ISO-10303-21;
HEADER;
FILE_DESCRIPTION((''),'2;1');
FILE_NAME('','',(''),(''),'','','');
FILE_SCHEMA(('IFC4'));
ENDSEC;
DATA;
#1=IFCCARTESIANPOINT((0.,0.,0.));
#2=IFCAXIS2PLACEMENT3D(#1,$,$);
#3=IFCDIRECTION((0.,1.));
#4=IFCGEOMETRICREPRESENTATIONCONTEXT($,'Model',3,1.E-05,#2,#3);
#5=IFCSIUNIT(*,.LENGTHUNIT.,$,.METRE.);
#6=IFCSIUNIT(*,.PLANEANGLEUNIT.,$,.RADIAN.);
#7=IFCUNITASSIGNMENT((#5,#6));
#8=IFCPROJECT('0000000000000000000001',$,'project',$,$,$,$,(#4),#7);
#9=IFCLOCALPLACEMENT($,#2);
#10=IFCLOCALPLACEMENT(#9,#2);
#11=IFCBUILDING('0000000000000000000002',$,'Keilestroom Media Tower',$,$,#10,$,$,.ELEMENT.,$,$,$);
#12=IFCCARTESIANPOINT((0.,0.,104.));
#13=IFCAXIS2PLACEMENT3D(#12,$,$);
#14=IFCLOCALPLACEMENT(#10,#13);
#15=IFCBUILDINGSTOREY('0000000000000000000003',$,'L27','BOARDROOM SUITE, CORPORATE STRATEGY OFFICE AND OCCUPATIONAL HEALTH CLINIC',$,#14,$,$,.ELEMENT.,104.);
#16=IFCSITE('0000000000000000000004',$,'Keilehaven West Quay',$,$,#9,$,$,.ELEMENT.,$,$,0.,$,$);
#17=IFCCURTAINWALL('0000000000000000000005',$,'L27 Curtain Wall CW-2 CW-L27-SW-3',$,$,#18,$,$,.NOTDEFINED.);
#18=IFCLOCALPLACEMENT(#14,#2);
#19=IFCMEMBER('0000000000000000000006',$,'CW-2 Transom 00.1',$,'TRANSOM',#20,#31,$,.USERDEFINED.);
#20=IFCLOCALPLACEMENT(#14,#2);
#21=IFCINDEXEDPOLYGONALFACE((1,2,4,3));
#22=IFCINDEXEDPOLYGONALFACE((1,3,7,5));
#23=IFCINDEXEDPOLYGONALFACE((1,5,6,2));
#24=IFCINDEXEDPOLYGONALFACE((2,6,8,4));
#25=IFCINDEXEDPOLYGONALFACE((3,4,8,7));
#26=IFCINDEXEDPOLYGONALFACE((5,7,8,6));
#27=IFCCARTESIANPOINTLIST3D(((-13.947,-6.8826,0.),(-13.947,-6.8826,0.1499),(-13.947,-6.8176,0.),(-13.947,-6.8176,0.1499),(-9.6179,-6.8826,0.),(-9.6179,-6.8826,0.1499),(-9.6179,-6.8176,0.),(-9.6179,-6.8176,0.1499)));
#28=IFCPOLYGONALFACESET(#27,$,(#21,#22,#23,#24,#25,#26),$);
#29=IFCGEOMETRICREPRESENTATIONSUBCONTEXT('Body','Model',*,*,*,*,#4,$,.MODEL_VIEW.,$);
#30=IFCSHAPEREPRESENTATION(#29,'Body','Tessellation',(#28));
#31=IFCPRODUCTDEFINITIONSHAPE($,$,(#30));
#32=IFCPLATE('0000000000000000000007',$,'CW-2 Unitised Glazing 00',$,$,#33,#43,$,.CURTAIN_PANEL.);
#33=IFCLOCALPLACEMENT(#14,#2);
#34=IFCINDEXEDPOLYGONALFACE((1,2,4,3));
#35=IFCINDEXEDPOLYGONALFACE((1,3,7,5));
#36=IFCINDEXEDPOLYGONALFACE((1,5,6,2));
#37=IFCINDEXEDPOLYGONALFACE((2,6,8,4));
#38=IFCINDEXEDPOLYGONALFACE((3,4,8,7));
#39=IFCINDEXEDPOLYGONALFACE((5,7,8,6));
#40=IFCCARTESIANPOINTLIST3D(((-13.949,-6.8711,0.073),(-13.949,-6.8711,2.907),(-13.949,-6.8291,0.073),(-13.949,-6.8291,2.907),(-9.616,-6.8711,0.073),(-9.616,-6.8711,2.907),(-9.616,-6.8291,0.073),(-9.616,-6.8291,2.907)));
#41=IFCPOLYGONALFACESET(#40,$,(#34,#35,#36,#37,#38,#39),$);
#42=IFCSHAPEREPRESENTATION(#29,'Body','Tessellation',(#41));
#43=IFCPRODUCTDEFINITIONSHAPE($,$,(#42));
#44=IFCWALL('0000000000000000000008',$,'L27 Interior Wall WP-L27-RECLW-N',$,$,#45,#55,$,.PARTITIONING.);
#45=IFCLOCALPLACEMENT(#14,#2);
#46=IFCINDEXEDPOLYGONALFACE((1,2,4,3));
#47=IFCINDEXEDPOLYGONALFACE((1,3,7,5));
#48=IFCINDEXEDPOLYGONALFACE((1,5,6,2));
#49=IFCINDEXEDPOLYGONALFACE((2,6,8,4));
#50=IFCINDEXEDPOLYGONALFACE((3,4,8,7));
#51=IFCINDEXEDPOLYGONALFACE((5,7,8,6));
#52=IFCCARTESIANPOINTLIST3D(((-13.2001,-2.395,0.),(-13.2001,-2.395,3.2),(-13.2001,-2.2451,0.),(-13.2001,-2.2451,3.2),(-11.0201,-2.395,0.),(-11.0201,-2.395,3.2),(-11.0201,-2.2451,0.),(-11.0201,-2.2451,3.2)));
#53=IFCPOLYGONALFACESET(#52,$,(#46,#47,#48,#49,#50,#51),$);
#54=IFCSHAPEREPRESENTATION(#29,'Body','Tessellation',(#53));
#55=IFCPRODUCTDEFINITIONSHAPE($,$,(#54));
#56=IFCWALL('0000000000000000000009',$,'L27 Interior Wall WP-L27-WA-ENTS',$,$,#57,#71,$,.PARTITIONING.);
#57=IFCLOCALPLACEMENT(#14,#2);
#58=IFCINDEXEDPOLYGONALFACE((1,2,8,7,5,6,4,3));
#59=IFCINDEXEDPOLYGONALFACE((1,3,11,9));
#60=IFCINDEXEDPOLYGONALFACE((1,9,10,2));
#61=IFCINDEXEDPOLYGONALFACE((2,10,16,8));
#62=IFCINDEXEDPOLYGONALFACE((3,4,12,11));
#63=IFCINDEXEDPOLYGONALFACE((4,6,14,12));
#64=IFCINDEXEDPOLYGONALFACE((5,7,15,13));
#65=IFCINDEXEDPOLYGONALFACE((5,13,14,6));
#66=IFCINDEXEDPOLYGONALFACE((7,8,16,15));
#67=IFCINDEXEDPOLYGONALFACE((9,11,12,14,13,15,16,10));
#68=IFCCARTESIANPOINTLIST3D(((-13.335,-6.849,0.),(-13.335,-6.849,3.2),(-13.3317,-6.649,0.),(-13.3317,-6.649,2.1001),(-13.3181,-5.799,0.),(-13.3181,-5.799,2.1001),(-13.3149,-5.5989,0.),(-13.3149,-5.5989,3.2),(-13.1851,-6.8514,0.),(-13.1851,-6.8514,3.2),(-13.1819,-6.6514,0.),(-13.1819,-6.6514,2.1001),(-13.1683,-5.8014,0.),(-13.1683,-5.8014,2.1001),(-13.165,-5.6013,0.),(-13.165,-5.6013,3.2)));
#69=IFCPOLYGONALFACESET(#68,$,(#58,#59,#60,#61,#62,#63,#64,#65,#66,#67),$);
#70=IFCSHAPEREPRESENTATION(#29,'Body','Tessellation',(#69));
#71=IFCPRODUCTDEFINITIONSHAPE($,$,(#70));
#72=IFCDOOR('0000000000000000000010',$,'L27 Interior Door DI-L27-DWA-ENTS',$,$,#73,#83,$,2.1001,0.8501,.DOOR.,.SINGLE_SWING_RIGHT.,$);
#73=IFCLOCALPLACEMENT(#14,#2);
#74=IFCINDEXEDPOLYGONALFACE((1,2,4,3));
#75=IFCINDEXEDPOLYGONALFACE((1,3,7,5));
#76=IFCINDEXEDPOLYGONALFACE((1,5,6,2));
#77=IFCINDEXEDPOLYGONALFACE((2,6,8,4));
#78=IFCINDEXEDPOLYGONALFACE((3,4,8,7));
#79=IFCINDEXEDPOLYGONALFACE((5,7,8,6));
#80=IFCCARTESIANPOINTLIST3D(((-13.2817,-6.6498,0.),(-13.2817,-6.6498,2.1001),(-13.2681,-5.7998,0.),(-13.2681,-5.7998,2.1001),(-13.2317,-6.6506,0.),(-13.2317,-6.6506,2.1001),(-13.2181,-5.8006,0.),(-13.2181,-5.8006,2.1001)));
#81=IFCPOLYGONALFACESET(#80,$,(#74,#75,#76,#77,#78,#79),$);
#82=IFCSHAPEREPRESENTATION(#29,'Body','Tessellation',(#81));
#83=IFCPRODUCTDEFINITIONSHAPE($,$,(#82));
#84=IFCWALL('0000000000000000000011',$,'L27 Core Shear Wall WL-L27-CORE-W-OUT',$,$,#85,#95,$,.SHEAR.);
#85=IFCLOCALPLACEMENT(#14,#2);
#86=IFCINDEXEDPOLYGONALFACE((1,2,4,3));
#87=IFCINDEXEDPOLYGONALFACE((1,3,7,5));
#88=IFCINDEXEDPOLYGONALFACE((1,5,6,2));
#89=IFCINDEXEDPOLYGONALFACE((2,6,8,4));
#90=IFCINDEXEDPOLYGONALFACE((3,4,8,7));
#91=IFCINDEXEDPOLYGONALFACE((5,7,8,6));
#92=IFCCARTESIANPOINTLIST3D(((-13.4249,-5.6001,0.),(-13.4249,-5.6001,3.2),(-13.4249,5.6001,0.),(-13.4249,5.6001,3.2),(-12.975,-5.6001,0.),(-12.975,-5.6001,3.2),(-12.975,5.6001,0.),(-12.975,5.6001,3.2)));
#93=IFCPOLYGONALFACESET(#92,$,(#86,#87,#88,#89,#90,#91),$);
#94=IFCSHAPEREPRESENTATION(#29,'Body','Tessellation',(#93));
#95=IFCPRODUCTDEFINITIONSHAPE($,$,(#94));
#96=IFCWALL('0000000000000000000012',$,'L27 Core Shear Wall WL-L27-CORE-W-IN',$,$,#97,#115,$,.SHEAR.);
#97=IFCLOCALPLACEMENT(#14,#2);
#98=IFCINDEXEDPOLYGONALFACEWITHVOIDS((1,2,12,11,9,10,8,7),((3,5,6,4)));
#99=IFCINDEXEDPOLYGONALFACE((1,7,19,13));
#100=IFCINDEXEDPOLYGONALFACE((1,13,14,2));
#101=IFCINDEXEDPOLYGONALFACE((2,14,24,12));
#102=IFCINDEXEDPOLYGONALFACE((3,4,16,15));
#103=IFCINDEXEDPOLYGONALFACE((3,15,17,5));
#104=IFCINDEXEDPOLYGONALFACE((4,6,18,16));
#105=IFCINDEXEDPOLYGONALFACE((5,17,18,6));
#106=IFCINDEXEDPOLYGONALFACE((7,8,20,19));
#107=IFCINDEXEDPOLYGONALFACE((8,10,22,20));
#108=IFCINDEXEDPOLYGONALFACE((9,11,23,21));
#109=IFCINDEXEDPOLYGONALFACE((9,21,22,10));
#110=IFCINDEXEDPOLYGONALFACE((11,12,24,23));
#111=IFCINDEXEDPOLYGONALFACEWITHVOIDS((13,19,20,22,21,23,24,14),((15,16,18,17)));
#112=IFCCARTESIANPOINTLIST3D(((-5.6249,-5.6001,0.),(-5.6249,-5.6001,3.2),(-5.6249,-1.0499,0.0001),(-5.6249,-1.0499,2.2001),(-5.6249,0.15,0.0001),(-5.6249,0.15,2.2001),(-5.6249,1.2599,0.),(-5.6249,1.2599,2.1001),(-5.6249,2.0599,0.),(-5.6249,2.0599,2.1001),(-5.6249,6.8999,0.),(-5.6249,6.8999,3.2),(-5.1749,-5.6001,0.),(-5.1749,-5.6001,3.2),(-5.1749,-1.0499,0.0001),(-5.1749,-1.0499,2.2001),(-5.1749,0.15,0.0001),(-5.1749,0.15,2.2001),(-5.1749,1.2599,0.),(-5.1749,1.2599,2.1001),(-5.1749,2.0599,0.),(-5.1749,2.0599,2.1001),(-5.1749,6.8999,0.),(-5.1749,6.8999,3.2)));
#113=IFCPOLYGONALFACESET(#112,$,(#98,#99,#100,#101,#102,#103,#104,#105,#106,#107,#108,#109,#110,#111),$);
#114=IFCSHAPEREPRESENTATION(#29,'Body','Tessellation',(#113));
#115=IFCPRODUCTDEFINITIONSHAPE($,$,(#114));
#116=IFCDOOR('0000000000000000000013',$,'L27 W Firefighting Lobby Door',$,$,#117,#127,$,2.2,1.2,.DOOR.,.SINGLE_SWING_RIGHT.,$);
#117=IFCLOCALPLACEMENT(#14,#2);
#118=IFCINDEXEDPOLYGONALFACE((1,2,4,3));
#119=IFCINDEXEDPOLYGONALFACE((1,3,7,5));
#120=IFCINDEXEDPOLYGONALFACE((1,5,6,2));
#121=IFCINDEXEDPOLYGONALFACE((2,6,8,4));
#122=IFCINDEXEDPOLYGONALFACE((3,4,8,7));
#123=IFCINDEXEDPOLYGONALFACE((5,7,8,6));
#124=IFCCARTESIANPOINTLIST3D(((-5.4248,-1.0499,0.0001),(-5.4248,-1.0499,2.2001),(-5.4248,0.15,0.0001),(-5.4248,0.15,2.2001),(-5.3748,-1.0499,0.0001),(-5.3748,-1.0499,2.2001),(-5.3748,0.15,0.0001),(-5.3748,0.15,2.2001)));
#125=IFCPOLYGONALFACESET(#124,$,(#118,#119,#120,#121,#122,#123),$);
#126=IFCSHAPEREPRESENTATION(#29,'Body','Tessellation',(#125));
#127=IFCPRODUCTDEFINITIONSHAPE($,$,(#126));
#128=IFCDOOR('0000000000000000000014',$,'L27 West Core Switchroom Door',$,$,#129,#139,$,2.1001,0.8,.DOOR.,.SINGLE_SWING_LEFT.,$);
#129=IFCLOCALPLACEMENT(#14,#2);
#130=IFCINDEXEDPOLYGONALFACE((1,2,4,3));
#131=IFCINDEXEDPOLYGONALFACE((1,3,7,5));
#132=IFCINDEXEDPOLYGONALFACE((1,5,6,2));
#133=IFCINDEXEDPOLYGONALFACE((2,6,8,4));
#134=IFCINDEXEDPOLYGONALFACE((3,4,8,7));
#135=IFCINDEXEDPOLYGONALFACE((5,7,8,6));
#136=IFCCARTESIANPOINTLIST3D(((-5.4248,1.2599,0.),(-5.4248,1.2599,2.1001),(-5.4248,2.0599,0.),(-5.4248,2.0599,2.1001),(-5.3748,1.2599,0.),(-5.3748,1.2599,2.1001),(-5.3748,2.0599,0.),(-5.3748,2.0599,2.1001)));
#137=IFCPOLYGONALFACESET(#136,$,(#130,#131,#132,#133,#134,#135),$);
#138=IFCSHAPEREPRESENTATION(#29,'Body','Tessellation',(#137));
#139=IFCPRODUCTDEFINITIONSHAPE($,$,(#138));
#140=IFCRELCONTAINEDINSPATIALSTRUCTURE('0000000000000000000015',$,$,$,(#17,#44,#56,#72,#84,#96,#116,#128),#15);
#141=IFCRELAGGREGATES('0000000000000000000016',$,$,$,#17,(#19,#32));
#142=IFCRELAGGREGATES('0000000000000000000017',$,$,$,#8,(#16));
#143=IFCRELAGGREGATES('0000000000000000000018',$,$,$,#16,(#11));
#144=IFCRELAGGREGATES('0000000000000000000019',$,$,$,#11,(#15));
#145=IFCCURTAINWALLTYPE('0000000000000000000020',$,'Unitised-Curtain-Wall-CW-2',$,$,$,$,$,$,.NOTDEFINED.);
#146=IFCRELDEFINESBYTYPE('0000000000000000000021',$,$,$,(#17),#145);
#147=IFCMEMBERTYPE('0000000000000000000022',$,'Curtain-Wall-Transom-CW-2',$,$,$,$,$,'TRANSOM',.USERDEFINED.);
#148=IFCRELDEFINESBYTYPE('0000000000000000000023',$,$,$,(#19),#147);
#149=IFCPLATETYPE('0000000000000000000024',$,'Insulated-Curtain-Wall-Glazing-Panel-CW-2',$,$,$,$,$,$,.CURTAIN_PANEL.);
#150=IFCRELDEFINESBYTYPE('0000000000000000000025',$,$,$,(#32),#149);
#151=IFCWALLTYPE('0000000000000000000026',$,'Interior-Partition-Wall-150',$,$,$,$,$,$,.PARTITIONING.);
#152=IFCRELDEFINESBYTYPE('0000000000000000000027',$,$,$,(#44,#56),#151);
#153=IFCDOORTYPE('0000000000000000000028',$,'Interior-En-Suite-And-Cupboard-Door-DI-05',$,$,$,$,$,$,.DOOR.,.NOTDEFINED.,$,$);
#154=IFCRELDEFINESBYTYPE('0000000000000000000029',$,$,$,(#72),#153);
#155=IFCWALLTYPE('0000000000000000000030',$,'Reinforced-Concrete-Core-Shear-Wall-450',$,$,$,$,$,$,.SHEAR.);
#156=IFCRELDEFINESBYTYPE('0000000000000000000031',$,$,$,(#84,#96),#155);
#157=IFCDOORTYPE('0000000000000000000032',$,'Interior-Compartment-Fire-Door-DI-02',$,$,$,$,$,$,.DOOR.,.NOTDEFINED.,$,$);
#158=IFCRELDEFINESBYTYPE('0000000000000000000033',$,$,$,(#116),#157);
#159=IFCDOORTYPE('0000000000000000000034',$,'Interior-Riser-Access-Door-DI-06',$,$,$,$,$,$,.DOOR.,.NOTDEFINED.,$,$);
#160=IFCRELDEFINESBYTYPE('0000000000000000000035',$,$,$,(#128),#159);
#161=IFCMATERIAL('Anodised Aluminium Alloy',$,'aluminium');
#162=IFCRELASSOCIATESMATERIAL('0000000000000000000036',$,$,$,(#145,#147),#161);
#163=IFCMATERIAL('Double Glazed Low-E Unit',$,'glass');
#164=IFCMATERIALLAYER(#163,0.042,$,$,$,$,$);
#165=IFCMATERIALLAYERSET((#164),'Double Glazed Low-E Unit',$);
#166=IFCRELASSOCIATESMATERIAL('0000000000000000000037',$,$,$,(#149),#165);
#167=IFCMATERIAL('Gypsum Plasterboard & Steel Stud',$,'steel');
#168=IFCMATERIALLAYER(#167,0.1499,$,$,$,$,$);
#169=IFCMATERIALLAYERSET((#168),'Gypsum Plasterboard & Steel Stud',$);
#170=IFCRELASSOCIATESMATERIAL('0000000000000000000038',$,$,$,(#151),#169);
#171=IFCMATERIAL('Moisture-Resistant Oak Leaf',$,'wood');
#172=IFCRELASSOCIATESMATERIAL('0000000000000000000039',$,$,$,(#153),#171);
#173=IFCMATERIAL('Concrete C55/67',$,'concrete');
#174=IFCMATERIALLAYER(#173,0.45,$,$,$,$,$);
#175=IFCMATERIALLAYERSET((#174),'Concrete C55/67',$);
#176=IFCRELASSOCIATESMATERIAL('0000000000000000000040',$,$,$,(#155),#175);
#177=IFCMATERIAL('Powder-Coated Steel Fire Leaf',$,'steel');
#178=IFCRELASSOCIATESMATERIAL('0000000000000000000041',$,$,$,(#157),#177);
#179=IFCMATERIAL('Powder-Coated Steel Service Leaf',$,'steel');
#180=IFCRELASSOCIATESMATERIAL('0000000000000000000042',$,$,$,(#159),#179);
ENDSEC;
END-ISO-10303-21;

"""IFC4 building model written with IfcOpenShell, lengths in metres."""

from ifc_helpers import new_model, si_unit, direction, frame, frame_2d, origin, origin_2d, place, context, subcontext, project, spatial, rectangle, extrude, source, transform, mapped, material, layer, layer_set, material_profile, profile_set, type_object, element, fill, aggregate, save


model = new_model("IFC4")

# Units and contexts
model_context = context("Model", 3, precision=1e-05, world=origin(), true_north=direction((0.0, 1.0)))
body_context = subcontext(model_context, "Body", "Model", "MODEL_VIEW")
ifc_project = project(units=[si_unit("LENGTHUNIT", "METRE"), si_unit("PLANEANGLEUNIT", "RADIAN")], contexts=[model_context])

# Site, building, storey
site_placement = place(None, origin())
site = spatial("IfcSite", under=ifc_project, at=site_placement, Name="Keilehaven West Quay", CompositionType="ELEMENT", RefElevation=0.0)
building_placement = place(site_placement, origin())
building = spatial("IfcBuilding", under=site, at=building_placement, Name="Keilestroom Media Tower", CompositionType="ELEMENT")
storey_placement = place(building_placement, frame((0.0, 0.0, 104.0)))
storey = spatial("IfcBuildingStorey", under=building, at=storey_placement, Name="L27", Description="BOARDROOM SUITE, CORPORATE STRATEGY OFFICE AND OCCUPATIONAL HEALTH CLINIC", CompositionType="ELEMENT", Elevation=104.0)

# Curtain wall, member, plate
ifc_material_1 = material(Name="Anodised Aluminium Alloy", Category="aluminium")
curtain_wall_type = type_object("IfcCurtainWallType", Name="Unitised-Curtain-Wall-CW-2", PredefinedType="NOTDEFINED", material=ifc_material_1)
curtain_wall_placement = place(storey_placement, origin())
curtain_wall = element("IfcCurtainWall", 1, at=curtain_wall_placement, inside=storey, type_object=curtain_wall_type, Name="L27 Curtain Wall CW-2 CW-L27-SW-3", PredefinedType="NOTDEFINED")
ifc_material_profile_1 = material_profile(ifc_material_1, rectangle(XDim=0.0649, YDim=0.1499, at=origin_2d()), Name="ALU TRANSOM 65x150")
ifc_profile_set_1 = profile_set([ifc_material_profile_1], Name="Anodised Aluminium Alloy")
member_type_1 = type_object("IfcMemberType", Name="Curtain-Wall-Transom-CW-2", ElementType="TRANSOM", PredefinedType="USERDEFINED", material=ifc_profile_set_1)
shared_shape_1 = source(origin(), body_context, "Body", "SweptSolid", [
    extrude(rectangle(XDim=0.0649, YDim=0.1499, at=origin_2d()), origin(), (0.0, 0.0, 1.0), 4.3291),
])
member_1_placement = place(storey_placement, frame((-13.947, -6.8501, 0.075), z_axis=(1.0, 0.0, 0.0), x_axis=(0.0, 1.0, 0.0)))
member_1 = element("IfcMember", 2, at=member_1_placement, type_object=member_type_1, Name="CW-2 Transom 00.1", ObjectType="TRANSOM", PredefinedType="USERDEFINED", context=body_context, shape_type="MappedRepresentation", body=[
    mapped(shared_shape_1, transform((0.0, 0.0, 0.0), x_axis=(1.0, 0.0, 0.0), y_axis=(0.0, 1.0, 0.0), z_axis=(0.0, 0.0, 1.0), scale=1.0)),
])
ifc_material_2 = material(Name="Double Glazed Low-E Unit", Category="glass")
ifc_layer_1 = layer(ifc_material_2, 0.042)
ifc_layer_set_1 = layer_set([ifc_layer_1], Name="Double Glazed Low-E Unit")
plate_type = type_object("IfcPlateType", Name="Insulated-Curtain-Wall-Glazing-Panel-CW-2", PredefinedType="CURTAIN_PANEL", material=ifc_layer_set_1)
shared_shape_2 = source(origin(), body_context, "Body", "SweptSolid", [
    extrude(rectangle(XDim=4.333, YDim=0.042, at=origin_2d()), origin(), (0.0, 0.0, 1.0), 2.834),
])
plate_placement = place(storey_placement, frame((-11.7825, -6.8501, 0.073), z_axis=(0.0, 0.0, 1.0), x_axis=(1.0, 0.0, 0.0)))
plate = element("IfcPlate", 3, at=plate_placement, type_object=plate_type, Name="CW-2 Unitised Glazing 00", PredefinedType="CURTAIN_PANEL", context=body_context, shape_type="MappedRepresentation", body=[
    mapped(shared_shape_2, transform((0.0, 0.0, 0.0), x_axis=(1.0, 0.0, 0.0), y_axis=(0.0, 1.0, 0.0), z_axis=(0.0, 0.0, 1.0), scale=1.0)),
])
aggregate(curtain_wall, [member_1, plate])

# Wall
ifc_material_3 = material(Name="Gypsum Plasterboard & Steel Stud", Category="steel")
ifc_layer_2 = layer(ifc_material_3, 0.1499)
ifc_layer_set_2 = layer_set([ifc_layer_2], Name="Gypsum Plasterboard & Steel Stud")
wall_type_1 = type_object("IfcWallType", Name="Interior-Partition-Wall-150", PredefinedType="PARTITIONING", material=ifc_layer_set_2)
wall_1_placement = place(storey_placement, frame((-13.2, -2.3201, 0.0), z_axis=(0.0, 0.0, 1.0), x_axis=(1.0, 0.0, 0.0)))
element("IfcWall", 4, at=wall_1_placement, inside=storey, type_object=wall_type_1, Name="L27 Interior Wall WP-L27-RECLW-N", PredefinedType="PARTITIONING", context=body_context, shape_type="SweptSolid", body=[
    extrude(rectangle(XDim=2.1799, YDim=0.1499, at=frame_2d((1.0898, 0.0))), origin(), (0.0, 0.0, 1.0), 3.2),
])

# Wall, opening, door
wall_2_placement = place(storey_placement, frame((-13.26, -6.8501, 0.0), z_axis=(0.0, 0.0, 1.0), x_axis=(0.016014, 0.999872, 0.0)))
wall_2 = element("IfcWall", 5, at=wall_2_placement, inside=storey, type_object=wall_type_1, Name="L27 Interior Wall WP-L27-WA-ENTS", PredefinedType="PARTITIONING", context=body_context, shape_type="SweptSolid", body=[
    extrude(rectangle(XDim=1.2502, YDim=0.1499, at=frame_2d((0.625, 0.0))), origin(), (0.0, 0.0, 1.0), 3.2),
])
opening_1_placement = place(wall_2_placement, frame((0.2, 0.0, 0.0)))
opening_1 = element("IfcOpeningElement", 6, at=opening_1_placement, cuts=wall_2, PredefinedType="OPENING", context=body_context, shape_type="SweptSolid", body=[
    extrude(rectangle(XDim=0.8501, YDim=2.1001, at=frame_2d((0.425, 1.05))), frame((0.0, 0.085, 0.0), z_axis=(0.0, -1.0, 0.0), x_axis=(1.0, 0.0, 0.0)), (0.0, 0.0, 1.0), 0.1699),
])
ifc_material_4 = material(Name="Moisture-Resistant Oak Leaf", Category="wood")
door_type_1 = type_object("IfcDoorType", Name="Interior-En-Suite-And-Cupboard-Door-DI-05", OperationType="NOTDEFINED", PredefinedType="DOOR", material=ifc_material_4)
shared_shape_3 = source(origin(), body_context, "Body", "SweptSolid", [
    extrude(rectangle(XDim=0.8501, YDim=2.1001, at=frame_2d((0.425, 1.05))), frame((0.0, 0.0249, 0.0), z_axis=(0.0, -1.0, 0.0), x_axis=(1.0, 0.0, 0.0)), (0.0, 0.0, 1.0), 0.05),
])
door_1_placement = place(opening_1_placement, origin())
door_1 = element("IfcDoor", 7, at=door_1_placement, inside=storey, type_object=door_type_1, Name="L27 Interior Door DI-L27-DWA-ENTS", OperationType="SINGLE_SWING_RIGHT", OverallHeight=2.1001, OverallWidth=0.8501, PredefinedType="DOOR", context=body_context, shape_type="MappedRepresentation", body=[
    mapped(shared_shape_3, transform((0.0, 0.0, 0.0), x_axis=(1.0, 0.0, 0.0), y_axis=(0.0, 1.0, 0.0), z_axis=(0.0, 0.0, 1.0), scale=1.0)),
])
fill(opening_1, door_1)

# Wall
ifc_material_5 = material(Name="Concrete C55/67", Category="concrete")
ifc_layer_3 = layer(ifc_material_5, 0.45)
ifc_layer_set_3 = layer_set([ifc_layer_3], Name="Concrete C55/67")
wall_type_2 = type_object("IfcWallType", Name="Reinforced-Concrete-Core-Shear-Wall-450", PredefinedType="SHEAR", material=ifc_layer_set_3)
wall_3_placement = place(storey_placement, frame((-13.2, -5.6001, 0.0), z_axis=(0.0, 0.0, 1.0), x_axis=(0.0, 1.0, 0.0)))
element("IfcWall", 8, at=wall_3_placement, inside=storey, type_object=wall_type_2, Name="L27 Core Shear Wall WL-L27-CORE-W-OUT", PredefinedType="SHEAR", context=body_context, shape_type="SweptSolid", body=[
    extrude(rectangle(XDim=11.2002, YDim=0.45, at=frame_2d((5.6001, 0.0))), origin(), (0.0, 0.0, 1.0), 3.2),
])

# Wall, openings, doors
wall_4_placement = place(storey_placement, frame((-5.3999, -5.6001, 0.0), z_axis=(0.0, 0.0, 1.0), x_axis=(0.0, 1.0, 0.0)))
wall_4 = element("IfcWall", 9, at=wall_4_placement, inside=storey, type_object=wall_type_2, Name="L27 Core Shear Wall WL-L27-CORE-W-IN", PredefinedType="SHEAR", context=body_context, shape_type="SweptSolid", body=[
    extrude(rectangle(XDim=12.5, YDim=0.45, at=frame_2d((6.25, 0.0))), origin(), (0.0, 0.0, 1.0), 3.2),
])
opening_2_placement = place(wall_4_placement, frame((4.55, 0.0, 0.0)))
opening_2 = element("IfcOpeningElement", 10, at=opening_2_placement, cuts=wall_4, PredefinedType="OPENING", context=body_context, shape_type="SweptSolid", body=[
    extrude(rectangle(XDim=1.2, YDim=2.2, at=frame_2d((0.6001, 1.1001))), frame((0.0, 0.2349, 0.0), z_axis=(0.0, -1.0, 0.0), x_axis=(1.0, 0.0, 0.0)), (0.0, 0.0, 1.0), 0.47),
])
opening_3_placement = place(wall_4_placement, frame((6.8601, 0.0, 0.0)))
opening_3 = element("IfcOpeningElement", 11, at=opening_3_placement, cuts=wall_4, PredefinedType="OPENING", context=body_context, shape_type="SweptSolid", body=[
    extrude(rectangle(XDim=0.8, YDim=2.1001, at=frame_2d((0.3999, 1.05))), frame((0.0, 0.2349, 0.0), z_axis=(0.0, -1.0, 0.0), x_axis=(1.0, 0.0, 0.0)), (0.0, 0.0, 1.0), 0.47),
])
ifc_material_6 = material(Name="Powder-Coated Steel Fire Leaf", Category="steel")
door_type_2 = type_object("IfcDoorType", Name="Interior-Compartment-Fire-Door-DI-02", OperationType="NOTDEFINED", PredefinedType="DOOR", material=ifc_material_6)
shared_shape_4 = source(origin(), body_context, "Body", "SweptSolid", [
    extrude(rectangle(XDim=1.2, YDim=2.2, at=frame_2d((0.6001, 1.1001))), frame((0.0, 0.0249, 0.0), z_axis=(0.0, -1.0, 0.0), x_axis=(1.0, 0.0, 0.0)), (0.0, 0.0, 1.0), 0.05),
])
door_2_placement = place(opening_2_placement, origin())
door_2 = element("IfcDoor", 12, at=door_2_placement, inside=storey, type_object=door_type_2, Name="L27 W Firefighting Lobby Door", OperationType="SINGLE_SWING_RIGHT", OverallHeight=2.2, OverallWidth=1.2, PredefinedType="DOOR", context=body_context, shape_type="MappedRepresentation", body=[
    mapped(shared_shape_4, transform((0.0, 0.0, 0.0), x_axis=(1.0, 0.0, 0.0), y_axis=(0.0, 1.0, 0.0), z_axis=(0.0, 0.0, 1.0), scale=1.0)),
])
fill(opening_2, door_2)
ifc_material_7 = material(Name="Powder-Coated Steel Service Leaf", Category="steel")
door_type_3 = type_object("IfcDoorType", Name="Interior-Riser-Access-Door-DI-06", OperationType="NOTDEFINED", PredefinedType="DOOR", material=ifc_material_7)
shared_shape_5 = source(origin(), body_context, "Body", "SweptSolid", [
    extrude(rectangle(XDim=0.8, YDim=2.1001, at=frame_2d((0.3999, 1.05))), frame((0.0, 0.0249, 0.0), z_axis=(0.0, -1.0, 0.0), x_axis=(1.0, 0.0, 0.0)), (0.0, 0.0, 1.0), 0.05),
])
door_3_placement = place(opening_3_placement, origin())
door_3 = element("IfcDoor", 13, at=door_3_placement, inside=storey, type_object=door_type_3, Name="L27 West Core Switchroom Door", OperationType="SINGLE_SWING_LEFT", OverallHeight=2.1001, OverallWidth=0.8, PredefinedType="DOOR", context=body_context, shape_type="MappedRepresentation", body=[
    mapped(shared_shape_5, transform((0.0, 0.0, 0.0), x_axis=(1.0, 0.0, 0.0), y_axis=(0.0, 1.0, 0.0), z_axis=(0.0, 0.0, 1.0), scale=1.0)),
])
fill(opening_3, door_3)

save(model, "model.ifc")
